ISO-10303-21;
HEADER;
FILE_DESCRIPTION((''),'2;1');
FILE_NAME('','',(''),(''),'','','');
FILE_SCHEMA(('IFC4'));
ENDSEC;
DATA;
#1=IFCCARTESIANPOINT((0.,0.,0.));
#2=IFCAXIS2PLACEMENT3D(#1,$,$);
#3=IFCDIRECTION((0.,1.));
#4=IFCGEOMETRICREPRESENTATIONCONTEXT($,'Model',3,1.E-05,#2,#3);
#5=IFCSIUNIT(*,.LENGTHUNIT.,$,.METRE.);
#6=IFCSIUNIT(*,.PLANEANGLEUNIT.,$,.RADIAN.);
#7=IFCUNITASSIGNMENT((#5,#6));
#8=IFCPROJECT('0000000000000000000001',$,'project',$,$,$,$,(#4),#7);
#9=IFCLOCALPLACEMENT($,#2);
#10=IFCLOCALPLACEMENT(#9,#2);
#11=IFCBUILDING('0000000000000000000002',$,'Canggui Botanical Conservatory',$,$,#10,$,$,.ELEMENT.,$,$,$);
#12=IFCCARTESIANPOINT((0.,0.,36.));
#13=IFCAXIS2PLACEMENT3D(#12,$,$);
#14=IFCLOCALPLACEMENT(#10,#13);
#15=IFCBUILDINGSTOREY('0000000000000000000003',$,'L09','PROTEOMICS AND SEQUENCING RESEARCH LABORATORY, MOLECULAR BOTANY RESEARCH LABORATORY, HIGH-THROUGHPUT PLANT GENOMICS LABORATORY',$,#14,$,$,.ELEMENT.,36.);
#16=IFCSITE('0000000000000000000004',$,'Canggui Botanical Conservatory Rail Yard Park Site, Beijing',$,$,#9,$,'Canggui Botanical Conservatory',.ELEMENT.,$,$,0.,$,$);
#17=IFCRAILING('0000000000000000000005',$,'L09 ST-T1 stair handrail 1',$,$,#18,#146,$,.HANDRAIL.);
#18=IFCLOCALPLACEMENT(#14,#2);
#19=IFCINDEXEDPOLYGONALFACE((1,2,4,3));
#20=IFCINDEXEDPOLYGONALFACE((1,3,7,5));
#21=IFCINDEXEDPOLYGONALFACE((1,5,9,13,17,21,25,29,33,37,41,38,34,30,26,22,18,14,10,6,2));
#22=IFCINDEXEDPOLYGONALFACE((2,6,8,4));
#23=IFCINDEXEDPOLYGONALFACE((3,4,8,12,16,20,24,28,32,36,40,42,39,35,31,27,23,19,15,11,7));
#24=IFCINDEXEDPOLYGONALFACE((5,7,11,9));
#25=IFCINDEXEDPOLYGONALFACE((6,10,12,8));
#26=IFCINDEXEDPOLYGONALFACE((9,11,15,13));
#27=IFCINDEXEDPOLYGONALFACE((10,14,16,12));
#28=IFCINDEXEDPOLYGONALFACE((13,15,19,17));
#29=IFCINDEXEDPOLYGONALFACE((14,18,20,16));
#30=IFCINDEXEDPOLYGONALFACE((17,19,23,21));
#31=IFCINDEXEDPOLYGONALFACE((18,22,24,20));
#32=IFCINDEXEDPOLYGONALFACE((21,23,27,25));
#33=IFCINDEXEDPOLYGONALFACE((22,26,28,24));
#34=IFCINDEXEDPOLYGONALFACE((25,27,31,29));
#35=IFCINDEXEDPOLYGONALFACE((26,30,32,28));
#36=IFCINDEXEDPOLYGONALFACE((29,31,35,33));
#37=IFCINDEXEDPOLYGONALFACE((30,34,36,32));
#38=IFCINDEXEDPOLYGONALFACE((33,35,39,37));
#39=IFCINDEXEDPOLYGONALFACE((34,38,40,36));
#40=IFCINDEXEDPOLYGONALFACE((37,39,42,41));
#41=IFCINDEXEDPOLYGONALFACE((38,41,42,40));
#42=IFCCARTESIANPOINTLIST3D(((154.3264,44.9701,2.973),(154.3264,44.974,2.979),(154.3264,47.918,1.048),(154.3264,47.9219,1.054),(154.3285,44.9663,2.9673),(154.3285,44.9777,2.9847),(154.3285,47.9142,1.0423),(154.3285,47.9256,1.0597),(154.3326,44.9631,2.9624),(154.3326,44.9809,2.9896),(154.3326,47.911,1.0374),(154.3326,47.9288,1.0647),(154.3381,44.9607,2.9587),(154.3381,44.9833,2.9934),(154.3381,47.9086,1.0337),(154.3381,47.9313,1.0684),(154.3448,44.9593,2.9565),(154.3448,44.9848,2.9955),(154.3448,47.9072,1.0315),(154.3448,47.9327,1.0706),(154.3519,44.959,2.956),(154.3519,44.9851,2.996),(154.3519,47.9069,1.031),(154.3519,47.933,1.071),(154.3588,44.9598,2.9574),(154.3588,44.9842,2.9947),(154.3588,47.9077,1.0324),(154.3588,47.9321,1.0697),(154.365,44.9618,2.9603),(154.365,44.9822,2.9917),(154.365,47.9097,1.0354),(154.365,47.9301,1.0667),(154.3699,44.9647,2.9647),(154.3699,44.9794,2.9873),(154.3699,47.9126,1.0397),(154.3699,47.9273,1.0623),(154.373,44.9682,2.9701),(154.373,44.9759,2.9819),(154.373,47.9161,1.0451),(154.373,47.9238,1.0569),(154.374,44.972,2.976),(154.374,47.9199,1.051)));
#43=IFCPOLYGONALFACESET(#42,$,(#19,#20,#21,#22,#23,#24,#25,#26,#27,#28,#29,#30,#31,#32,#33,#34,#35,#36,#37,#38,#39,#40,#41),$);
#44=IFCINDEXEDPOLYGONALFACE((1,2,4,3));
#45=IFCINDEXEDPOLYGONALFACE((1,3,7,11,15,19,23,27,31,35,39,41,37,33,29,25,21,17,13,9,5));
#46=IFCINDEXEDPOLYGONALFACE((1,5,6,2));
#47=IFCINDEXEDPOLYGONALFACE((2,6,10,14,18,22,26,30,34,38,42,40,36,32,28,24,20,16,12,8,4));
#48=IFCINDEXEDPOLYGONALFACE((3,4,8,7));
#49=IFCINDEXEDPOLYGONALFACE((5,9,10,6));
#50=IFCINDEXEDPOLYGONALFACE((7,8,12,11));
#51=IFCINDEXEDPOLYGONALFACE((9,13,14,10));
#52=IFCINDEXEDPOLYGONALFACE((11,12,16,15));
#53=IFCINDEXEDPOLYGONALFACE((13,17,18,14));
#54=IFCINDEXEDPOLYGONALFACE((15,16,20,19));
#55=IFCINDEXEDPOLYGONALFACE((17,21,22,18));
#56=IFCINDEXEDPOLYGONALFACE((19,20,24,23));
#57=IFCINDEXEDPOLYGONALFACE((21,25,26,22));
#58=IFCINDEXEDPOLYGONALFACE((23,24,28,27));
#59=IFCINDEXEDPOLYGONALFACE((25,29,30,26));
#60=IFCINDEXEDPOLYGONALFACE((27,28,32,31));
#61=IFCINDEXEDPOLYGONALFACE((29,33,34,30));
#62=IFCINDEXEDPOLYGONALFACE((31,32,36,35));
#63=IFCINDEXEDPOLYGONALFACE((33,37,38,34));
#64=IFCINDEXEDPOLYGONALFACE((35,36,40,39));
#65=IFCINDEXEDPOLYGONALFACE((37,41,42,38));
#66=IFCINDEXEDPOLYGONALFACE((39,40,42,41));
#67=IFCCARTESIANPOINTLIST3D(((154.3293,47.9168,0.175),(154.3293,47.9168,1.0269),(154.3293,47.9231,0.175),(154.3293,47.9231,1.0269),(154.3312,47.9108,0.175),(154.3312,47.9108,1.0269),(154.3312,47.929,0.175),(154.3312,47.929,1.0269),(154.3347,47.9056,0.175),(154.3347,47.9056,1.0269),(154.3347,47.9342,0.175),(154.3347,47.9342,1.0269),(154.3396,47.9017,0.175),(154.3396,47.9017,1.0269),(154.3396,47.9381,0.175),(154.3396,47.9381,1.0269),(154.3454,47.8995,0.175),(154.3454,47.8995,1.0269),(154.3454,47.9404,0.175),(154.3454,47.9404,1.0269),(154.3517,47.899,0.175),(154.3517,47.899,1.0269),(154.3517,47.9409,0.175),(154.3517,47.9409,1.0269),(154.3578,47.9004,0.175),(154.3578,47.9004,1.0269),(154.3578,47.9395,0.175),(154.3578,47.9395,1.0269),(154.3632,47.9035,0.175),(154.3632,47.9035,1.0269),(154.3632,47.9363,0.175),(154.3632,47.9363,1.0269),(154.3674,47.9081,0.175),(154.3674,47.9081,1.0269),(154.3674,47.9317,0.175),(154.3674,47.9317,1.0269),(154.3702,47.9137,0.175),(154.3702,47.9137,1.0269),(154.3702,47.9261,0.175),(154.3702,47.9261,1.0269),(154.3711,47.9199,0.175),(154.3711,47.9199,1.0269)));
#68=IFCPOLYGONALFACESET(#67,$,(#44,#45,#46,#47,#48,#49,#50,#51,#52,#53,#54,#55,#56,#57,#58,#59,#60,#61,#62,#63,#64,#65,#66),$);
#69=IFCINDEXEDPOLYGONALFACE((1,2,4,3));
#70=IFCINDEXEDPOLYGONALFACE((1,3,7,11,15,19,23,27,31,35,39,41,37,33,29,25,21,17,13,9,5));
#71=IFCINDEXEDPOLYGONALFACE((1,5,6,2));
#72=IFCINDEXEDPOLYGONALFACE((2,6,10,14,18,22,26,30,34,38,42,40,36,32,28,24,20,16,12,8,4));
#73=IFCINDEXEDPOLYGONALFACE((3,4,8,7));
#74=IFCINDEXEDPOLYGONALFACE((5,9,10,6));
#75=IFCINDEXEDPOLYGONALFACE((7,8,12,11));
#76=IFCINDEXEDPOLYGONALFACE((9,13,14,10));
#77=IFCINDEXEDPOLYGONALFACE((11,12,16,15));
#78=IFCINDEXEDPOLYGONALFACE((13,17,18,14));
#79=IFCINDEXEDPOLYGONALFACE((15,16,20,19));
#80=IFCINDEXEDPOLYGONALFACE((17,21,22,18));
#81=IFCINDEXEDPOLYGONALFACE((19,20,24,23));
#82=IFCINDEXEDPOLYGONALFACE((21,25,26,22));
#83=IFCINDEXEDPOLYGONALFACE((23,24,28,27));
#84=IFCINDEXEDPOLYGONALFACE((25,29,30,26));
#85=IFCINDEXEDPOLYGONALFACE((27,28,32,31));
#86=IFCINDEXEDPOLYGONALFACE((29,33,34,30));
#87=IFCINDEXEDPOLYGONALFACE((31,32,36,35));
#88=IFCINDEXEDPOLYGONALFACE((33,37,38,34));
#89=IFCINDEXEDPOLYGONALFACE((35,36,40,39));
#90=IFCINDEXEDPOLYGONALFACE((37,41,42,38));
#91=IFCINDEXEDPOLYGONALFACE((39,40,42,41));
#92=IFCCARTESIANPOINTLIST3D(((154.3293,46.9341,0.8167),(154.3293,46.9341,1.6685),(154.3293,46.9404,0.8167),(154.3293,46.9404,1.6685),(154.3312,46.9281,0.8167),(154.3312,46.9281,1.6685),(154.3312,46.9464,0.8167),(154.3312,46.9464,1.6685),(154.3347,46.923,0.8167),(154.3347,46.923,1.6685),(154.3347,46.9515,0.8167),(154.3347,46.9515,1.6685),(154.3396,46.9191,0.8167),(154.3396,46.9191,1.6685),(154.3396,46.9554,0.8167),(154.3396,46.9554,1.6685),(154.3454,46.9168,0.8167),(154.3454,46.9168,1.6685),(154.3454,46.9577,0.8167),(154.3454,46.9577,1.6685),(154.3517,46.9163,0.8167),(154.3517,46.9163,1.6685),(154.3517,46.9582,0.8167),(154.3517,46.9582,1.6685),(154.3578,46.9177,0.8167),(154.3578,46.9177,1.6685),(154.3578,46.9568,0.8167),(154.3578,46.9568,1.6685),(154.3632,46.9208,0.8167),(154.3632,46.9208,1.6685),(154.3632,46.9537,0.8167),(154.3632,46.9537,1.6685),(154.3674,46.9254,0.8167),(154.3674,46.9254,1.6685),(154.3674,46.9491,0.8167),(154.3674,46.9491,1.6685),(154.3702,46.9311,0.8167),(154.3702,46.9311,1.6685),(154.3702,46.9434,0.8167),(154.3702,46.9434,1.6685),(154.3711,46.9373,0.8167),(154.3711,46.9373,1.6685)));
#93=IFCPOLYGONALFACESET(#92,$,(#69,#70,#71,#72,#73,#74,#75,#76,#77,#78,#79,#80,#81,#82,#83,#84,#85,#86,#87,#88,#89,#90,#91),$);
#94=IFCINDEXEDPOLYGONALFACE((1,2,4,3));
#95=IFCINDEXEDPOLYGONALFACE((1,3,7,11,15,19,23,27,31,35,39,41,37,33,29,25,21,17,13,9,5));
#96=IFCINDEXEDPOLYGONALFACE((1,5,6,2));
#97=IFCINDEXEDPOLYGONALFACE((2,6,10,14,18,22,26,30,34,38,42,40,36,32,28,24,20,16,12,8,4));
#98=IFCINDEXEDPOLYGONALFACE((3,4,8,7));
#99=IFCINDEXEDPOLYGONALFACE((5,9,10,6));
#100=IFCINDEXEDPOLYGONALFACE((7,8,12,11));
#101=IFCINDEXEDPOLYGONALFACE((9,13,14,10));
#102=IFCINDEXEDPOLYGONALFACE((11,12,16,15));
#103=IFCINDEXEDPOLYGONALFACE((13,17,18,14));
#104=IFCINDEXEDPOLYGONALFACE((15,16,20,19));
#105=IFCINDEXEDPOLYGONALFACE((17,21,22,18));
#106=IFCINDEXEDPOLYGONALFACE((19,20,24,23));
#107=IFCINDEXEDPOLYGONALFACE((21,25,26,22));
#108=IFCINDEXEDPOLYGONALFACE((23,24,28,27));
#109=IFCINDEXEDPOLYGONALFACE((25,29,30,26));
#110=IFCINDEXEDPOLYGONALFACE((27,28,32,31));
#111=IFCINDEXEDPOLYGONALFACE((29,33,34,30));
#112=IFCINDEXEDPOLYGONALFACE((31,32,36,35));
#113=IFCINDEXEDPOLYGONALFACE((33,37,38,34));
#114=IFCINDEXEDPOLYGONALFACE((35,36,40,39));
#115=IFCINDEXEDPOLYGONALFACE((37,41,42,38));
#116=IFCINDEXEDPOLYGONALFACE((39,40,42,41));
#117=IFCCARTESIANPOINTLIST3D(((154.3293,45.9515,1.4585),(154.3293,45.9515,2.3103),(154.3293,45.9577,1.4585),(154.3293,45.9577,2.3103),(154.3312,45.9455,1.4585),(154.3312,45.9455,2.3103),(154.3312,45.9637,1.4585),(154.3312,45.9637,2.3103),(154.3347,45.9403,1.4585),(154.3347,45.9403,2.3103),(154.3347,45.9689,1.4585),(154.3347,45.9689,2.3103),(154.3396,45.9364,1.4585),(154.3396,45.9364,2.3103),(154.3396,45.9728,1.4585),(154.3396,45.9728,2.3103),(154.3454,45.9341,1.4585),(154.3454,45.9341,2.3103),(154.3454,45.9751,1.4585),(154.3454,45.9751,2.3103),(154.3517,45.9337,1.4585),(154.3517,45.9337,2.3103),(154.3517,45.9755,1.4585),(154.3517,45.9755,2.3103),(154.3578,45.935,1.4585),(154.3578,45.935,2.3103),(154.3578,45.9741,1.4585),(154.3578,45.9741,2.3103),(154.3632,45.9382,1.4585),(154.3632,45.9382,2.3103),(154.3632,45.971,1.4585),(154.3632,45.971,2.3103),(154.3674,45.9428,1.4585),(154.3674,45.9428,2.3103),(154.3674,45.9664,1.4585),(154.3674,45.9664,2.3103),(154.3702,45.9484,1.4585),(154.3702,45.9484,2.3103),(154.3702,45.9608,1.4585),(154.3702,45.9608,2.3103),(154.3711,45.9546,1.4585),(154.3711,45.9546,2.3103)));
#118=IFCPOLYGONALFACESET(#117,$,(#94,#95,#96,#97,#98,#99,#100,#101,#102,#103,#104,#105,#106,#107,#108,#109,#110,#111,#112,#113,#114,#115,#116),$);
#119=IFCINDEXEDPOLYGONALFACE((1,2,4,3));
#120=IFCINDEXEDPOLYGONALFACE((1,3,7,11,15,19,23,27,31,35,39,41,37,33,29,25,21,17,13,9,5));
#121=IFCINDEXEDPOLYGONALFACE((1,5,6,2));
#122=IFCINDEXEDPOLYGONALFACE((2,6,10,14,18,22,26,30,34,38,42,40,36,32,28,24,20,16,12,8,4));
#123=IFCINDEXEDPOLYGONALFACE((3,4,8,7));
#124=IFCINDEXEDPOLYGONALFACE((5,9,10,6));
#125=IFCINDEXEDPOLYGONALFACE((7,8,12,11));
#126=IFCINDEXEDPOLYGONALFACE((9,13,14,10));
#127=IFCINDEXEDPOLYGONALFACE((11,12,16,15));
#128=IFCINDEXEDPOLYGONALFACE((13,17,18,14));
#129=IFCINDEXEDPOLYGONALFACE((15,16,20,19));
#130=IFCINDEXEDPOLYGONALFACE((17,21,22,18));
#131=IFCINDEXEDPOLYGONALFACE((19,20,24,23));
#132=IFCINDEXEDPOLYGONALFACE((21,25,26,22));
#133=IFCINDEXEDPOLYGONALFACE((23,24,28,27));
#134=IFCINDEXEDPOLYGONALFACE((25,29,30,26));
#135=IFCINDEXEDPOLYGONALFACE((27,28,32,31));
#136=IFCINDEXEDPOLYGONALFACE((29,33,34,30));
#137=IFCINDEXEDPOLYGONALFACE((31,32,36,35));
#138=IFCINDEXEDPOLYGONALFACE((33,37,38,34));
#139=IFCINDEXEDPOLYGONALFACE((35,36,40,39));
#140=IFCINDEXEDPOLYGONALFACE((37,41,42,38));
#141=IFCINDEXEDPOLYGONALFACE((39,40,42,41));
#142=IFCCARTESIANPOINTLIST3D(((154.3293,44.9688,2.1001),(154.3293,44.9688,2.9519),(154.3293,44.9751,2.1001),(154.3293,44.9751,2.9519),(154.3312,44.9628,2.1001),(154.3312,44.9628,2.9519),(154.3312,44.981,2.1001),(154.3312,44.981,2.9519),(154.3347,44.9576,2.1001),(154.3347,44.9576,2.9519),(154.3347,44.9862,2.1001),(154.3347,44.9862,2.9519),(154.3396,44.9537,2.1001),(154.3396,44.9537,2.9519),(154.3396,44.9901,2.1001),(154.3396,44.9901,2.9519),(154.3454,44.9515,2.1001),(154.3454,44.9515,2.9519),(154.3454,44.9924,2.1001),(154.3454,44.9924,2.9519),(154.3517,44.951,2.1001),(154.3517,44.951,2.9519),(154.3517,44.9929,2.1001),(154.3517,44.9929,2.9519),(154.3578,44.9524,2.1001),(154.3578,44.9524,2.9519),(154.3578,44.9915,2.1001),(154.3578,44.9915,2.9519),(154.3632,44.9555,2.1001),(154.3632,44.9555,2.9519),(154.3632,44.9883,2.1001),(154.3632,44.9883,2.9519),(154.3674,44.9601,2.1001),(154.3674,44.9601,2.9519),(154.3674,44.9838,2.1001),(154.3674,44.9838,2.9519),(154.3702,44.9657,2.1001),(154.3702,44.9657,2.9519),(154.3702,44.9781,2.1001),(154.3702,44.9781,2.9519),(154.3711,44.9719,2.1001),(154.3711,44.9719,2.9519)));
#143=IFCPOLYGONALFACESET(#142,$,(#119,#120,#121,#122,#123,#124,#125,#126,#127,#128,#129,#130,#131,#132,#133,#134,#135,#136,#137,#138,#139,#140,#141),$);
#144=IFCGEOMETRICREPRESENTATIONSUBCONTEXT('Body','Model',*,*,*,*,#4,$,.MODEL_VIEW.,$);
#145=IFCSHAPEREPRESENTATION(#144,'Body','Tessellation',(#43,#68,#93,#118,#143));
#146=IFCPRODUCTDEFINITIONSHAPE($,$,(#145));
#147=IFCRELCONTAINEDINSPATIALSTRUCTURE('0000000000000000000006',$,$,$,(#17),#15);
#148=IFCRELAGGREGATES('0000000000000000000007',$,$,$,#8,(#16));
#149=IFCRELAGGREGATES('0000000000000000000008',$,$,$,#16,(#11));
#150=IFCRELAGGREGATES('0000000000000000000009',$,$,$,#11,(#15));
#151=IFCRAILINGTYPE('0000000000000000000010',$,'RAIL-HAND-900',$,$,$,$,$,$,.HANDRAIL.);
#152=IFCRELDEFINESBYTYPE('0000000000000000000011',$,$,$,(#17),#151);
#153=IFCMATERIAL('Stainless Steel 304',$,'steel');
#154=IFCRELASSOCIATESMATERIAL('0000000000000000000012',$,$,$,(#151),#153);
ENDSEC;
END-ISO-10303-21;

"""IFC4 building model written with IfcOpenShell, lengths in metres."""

from ifc_helpers import new_model, si_unit, direction, frame, origin, origin_2d, place, context, subcontext, project, spatial, circle, extrude, material, type_object, element, save


model = new_model("IFC4")

# Units and contexts
model_context = context("Model", 3, precision=1e-05, world=origin(), true_north=direction((0.0, 1.0)))
body_context = subcontext(model_context, "Body", "Model", "MODEL_VIEW")
ifc_project = project(units=[si_unit("LENGTHUNIT", "METRE"), si_unit("PLANEANGLEUNIT", "RADIAN")], contexts=[model_context])

# Site, building, storey
site_placement = place(None, origin())
site = spatial("IfcSite", under=ifc_project, at=site_placement, Name="Canggui Botanical Conservatory Rail Yard Park Site, Beijing", LongName="Canggui Botanical Conservatory", CompositionType="ELEMENT", RefElevation=0.0)
building_placement = place(site_placement, origin())
building = spatial("IfcBuilding", under=site, at=building_placement, Name="Canggui Botanical Conservatory", CompositionType="ELEMENT")
storey_placement = place(building_placement, frame((0.0, 0.0, 36.0)))
storey = spatial("IfcBuildingStorey", under=building, at=storey_placement, Name="L09", Description="PROTEOMICS AND SEQUENCING RESEARCH LABORATORY, MOLECULAR BOTANY RESEARCH LABORATORY, HIGH-THROUGHPUT PLANT GENOMICS LABORATORY", CompositionType="ELEMENT", Elevation=36.0)

# Railing
ifc_material_1 = material(Name="Stainless Steel 304", Category="steel")
railing_type_1 = type_object("IfcRailingType", Name="RAIL-HAND-900", PredefinedType="HANDRAIL", material=ifc_material_1)
railing_1_placement = place(storey_placement, frame((154.3501, 47.9199, 0.175)))
element("IfcRailing", 1, at=railing_1_placement, inside=storey, type_object=railing_type_1, Name="L09 ST-T1 stair handrail 1", PredefinedType="HANDRAIL", context=body_context, shape_type="SweptSolid", body=[
    extrude(circle(Radius=0.0239, at=origin_2d()), frame((0.0, 0.0, 0.876), z_axis=(0.0, -0.837293, 0.546754), x_axis=(1.0, 0.0, 0.0)), (0.0, 0.0, 1.0), 3.5208),
    extrude(circle(Radius=0.021, at=origin_2d()), origin(), (0.0, 0.0, 1.0), 0.8518),
    extrude(circle(Radius=0.021, at=origin_2d()), frame((0.0, -0.9827, 0.6416)), (0.0, 0.0, 1.0), 0.8518),
    extrude(circle(Radius=0.021, at=origin_2d()), frame((0.0, -1.9653, 1.2834)), (0.0, 0.0, 1.0), 0.8518),
    extrude(circle(Radius=0.021, at=origin_2d()), frame((0.0, -2.948, 1.925)), (0.0, 0.0, 1.0), 0.8518),
])

save(model, "model.ifc")
